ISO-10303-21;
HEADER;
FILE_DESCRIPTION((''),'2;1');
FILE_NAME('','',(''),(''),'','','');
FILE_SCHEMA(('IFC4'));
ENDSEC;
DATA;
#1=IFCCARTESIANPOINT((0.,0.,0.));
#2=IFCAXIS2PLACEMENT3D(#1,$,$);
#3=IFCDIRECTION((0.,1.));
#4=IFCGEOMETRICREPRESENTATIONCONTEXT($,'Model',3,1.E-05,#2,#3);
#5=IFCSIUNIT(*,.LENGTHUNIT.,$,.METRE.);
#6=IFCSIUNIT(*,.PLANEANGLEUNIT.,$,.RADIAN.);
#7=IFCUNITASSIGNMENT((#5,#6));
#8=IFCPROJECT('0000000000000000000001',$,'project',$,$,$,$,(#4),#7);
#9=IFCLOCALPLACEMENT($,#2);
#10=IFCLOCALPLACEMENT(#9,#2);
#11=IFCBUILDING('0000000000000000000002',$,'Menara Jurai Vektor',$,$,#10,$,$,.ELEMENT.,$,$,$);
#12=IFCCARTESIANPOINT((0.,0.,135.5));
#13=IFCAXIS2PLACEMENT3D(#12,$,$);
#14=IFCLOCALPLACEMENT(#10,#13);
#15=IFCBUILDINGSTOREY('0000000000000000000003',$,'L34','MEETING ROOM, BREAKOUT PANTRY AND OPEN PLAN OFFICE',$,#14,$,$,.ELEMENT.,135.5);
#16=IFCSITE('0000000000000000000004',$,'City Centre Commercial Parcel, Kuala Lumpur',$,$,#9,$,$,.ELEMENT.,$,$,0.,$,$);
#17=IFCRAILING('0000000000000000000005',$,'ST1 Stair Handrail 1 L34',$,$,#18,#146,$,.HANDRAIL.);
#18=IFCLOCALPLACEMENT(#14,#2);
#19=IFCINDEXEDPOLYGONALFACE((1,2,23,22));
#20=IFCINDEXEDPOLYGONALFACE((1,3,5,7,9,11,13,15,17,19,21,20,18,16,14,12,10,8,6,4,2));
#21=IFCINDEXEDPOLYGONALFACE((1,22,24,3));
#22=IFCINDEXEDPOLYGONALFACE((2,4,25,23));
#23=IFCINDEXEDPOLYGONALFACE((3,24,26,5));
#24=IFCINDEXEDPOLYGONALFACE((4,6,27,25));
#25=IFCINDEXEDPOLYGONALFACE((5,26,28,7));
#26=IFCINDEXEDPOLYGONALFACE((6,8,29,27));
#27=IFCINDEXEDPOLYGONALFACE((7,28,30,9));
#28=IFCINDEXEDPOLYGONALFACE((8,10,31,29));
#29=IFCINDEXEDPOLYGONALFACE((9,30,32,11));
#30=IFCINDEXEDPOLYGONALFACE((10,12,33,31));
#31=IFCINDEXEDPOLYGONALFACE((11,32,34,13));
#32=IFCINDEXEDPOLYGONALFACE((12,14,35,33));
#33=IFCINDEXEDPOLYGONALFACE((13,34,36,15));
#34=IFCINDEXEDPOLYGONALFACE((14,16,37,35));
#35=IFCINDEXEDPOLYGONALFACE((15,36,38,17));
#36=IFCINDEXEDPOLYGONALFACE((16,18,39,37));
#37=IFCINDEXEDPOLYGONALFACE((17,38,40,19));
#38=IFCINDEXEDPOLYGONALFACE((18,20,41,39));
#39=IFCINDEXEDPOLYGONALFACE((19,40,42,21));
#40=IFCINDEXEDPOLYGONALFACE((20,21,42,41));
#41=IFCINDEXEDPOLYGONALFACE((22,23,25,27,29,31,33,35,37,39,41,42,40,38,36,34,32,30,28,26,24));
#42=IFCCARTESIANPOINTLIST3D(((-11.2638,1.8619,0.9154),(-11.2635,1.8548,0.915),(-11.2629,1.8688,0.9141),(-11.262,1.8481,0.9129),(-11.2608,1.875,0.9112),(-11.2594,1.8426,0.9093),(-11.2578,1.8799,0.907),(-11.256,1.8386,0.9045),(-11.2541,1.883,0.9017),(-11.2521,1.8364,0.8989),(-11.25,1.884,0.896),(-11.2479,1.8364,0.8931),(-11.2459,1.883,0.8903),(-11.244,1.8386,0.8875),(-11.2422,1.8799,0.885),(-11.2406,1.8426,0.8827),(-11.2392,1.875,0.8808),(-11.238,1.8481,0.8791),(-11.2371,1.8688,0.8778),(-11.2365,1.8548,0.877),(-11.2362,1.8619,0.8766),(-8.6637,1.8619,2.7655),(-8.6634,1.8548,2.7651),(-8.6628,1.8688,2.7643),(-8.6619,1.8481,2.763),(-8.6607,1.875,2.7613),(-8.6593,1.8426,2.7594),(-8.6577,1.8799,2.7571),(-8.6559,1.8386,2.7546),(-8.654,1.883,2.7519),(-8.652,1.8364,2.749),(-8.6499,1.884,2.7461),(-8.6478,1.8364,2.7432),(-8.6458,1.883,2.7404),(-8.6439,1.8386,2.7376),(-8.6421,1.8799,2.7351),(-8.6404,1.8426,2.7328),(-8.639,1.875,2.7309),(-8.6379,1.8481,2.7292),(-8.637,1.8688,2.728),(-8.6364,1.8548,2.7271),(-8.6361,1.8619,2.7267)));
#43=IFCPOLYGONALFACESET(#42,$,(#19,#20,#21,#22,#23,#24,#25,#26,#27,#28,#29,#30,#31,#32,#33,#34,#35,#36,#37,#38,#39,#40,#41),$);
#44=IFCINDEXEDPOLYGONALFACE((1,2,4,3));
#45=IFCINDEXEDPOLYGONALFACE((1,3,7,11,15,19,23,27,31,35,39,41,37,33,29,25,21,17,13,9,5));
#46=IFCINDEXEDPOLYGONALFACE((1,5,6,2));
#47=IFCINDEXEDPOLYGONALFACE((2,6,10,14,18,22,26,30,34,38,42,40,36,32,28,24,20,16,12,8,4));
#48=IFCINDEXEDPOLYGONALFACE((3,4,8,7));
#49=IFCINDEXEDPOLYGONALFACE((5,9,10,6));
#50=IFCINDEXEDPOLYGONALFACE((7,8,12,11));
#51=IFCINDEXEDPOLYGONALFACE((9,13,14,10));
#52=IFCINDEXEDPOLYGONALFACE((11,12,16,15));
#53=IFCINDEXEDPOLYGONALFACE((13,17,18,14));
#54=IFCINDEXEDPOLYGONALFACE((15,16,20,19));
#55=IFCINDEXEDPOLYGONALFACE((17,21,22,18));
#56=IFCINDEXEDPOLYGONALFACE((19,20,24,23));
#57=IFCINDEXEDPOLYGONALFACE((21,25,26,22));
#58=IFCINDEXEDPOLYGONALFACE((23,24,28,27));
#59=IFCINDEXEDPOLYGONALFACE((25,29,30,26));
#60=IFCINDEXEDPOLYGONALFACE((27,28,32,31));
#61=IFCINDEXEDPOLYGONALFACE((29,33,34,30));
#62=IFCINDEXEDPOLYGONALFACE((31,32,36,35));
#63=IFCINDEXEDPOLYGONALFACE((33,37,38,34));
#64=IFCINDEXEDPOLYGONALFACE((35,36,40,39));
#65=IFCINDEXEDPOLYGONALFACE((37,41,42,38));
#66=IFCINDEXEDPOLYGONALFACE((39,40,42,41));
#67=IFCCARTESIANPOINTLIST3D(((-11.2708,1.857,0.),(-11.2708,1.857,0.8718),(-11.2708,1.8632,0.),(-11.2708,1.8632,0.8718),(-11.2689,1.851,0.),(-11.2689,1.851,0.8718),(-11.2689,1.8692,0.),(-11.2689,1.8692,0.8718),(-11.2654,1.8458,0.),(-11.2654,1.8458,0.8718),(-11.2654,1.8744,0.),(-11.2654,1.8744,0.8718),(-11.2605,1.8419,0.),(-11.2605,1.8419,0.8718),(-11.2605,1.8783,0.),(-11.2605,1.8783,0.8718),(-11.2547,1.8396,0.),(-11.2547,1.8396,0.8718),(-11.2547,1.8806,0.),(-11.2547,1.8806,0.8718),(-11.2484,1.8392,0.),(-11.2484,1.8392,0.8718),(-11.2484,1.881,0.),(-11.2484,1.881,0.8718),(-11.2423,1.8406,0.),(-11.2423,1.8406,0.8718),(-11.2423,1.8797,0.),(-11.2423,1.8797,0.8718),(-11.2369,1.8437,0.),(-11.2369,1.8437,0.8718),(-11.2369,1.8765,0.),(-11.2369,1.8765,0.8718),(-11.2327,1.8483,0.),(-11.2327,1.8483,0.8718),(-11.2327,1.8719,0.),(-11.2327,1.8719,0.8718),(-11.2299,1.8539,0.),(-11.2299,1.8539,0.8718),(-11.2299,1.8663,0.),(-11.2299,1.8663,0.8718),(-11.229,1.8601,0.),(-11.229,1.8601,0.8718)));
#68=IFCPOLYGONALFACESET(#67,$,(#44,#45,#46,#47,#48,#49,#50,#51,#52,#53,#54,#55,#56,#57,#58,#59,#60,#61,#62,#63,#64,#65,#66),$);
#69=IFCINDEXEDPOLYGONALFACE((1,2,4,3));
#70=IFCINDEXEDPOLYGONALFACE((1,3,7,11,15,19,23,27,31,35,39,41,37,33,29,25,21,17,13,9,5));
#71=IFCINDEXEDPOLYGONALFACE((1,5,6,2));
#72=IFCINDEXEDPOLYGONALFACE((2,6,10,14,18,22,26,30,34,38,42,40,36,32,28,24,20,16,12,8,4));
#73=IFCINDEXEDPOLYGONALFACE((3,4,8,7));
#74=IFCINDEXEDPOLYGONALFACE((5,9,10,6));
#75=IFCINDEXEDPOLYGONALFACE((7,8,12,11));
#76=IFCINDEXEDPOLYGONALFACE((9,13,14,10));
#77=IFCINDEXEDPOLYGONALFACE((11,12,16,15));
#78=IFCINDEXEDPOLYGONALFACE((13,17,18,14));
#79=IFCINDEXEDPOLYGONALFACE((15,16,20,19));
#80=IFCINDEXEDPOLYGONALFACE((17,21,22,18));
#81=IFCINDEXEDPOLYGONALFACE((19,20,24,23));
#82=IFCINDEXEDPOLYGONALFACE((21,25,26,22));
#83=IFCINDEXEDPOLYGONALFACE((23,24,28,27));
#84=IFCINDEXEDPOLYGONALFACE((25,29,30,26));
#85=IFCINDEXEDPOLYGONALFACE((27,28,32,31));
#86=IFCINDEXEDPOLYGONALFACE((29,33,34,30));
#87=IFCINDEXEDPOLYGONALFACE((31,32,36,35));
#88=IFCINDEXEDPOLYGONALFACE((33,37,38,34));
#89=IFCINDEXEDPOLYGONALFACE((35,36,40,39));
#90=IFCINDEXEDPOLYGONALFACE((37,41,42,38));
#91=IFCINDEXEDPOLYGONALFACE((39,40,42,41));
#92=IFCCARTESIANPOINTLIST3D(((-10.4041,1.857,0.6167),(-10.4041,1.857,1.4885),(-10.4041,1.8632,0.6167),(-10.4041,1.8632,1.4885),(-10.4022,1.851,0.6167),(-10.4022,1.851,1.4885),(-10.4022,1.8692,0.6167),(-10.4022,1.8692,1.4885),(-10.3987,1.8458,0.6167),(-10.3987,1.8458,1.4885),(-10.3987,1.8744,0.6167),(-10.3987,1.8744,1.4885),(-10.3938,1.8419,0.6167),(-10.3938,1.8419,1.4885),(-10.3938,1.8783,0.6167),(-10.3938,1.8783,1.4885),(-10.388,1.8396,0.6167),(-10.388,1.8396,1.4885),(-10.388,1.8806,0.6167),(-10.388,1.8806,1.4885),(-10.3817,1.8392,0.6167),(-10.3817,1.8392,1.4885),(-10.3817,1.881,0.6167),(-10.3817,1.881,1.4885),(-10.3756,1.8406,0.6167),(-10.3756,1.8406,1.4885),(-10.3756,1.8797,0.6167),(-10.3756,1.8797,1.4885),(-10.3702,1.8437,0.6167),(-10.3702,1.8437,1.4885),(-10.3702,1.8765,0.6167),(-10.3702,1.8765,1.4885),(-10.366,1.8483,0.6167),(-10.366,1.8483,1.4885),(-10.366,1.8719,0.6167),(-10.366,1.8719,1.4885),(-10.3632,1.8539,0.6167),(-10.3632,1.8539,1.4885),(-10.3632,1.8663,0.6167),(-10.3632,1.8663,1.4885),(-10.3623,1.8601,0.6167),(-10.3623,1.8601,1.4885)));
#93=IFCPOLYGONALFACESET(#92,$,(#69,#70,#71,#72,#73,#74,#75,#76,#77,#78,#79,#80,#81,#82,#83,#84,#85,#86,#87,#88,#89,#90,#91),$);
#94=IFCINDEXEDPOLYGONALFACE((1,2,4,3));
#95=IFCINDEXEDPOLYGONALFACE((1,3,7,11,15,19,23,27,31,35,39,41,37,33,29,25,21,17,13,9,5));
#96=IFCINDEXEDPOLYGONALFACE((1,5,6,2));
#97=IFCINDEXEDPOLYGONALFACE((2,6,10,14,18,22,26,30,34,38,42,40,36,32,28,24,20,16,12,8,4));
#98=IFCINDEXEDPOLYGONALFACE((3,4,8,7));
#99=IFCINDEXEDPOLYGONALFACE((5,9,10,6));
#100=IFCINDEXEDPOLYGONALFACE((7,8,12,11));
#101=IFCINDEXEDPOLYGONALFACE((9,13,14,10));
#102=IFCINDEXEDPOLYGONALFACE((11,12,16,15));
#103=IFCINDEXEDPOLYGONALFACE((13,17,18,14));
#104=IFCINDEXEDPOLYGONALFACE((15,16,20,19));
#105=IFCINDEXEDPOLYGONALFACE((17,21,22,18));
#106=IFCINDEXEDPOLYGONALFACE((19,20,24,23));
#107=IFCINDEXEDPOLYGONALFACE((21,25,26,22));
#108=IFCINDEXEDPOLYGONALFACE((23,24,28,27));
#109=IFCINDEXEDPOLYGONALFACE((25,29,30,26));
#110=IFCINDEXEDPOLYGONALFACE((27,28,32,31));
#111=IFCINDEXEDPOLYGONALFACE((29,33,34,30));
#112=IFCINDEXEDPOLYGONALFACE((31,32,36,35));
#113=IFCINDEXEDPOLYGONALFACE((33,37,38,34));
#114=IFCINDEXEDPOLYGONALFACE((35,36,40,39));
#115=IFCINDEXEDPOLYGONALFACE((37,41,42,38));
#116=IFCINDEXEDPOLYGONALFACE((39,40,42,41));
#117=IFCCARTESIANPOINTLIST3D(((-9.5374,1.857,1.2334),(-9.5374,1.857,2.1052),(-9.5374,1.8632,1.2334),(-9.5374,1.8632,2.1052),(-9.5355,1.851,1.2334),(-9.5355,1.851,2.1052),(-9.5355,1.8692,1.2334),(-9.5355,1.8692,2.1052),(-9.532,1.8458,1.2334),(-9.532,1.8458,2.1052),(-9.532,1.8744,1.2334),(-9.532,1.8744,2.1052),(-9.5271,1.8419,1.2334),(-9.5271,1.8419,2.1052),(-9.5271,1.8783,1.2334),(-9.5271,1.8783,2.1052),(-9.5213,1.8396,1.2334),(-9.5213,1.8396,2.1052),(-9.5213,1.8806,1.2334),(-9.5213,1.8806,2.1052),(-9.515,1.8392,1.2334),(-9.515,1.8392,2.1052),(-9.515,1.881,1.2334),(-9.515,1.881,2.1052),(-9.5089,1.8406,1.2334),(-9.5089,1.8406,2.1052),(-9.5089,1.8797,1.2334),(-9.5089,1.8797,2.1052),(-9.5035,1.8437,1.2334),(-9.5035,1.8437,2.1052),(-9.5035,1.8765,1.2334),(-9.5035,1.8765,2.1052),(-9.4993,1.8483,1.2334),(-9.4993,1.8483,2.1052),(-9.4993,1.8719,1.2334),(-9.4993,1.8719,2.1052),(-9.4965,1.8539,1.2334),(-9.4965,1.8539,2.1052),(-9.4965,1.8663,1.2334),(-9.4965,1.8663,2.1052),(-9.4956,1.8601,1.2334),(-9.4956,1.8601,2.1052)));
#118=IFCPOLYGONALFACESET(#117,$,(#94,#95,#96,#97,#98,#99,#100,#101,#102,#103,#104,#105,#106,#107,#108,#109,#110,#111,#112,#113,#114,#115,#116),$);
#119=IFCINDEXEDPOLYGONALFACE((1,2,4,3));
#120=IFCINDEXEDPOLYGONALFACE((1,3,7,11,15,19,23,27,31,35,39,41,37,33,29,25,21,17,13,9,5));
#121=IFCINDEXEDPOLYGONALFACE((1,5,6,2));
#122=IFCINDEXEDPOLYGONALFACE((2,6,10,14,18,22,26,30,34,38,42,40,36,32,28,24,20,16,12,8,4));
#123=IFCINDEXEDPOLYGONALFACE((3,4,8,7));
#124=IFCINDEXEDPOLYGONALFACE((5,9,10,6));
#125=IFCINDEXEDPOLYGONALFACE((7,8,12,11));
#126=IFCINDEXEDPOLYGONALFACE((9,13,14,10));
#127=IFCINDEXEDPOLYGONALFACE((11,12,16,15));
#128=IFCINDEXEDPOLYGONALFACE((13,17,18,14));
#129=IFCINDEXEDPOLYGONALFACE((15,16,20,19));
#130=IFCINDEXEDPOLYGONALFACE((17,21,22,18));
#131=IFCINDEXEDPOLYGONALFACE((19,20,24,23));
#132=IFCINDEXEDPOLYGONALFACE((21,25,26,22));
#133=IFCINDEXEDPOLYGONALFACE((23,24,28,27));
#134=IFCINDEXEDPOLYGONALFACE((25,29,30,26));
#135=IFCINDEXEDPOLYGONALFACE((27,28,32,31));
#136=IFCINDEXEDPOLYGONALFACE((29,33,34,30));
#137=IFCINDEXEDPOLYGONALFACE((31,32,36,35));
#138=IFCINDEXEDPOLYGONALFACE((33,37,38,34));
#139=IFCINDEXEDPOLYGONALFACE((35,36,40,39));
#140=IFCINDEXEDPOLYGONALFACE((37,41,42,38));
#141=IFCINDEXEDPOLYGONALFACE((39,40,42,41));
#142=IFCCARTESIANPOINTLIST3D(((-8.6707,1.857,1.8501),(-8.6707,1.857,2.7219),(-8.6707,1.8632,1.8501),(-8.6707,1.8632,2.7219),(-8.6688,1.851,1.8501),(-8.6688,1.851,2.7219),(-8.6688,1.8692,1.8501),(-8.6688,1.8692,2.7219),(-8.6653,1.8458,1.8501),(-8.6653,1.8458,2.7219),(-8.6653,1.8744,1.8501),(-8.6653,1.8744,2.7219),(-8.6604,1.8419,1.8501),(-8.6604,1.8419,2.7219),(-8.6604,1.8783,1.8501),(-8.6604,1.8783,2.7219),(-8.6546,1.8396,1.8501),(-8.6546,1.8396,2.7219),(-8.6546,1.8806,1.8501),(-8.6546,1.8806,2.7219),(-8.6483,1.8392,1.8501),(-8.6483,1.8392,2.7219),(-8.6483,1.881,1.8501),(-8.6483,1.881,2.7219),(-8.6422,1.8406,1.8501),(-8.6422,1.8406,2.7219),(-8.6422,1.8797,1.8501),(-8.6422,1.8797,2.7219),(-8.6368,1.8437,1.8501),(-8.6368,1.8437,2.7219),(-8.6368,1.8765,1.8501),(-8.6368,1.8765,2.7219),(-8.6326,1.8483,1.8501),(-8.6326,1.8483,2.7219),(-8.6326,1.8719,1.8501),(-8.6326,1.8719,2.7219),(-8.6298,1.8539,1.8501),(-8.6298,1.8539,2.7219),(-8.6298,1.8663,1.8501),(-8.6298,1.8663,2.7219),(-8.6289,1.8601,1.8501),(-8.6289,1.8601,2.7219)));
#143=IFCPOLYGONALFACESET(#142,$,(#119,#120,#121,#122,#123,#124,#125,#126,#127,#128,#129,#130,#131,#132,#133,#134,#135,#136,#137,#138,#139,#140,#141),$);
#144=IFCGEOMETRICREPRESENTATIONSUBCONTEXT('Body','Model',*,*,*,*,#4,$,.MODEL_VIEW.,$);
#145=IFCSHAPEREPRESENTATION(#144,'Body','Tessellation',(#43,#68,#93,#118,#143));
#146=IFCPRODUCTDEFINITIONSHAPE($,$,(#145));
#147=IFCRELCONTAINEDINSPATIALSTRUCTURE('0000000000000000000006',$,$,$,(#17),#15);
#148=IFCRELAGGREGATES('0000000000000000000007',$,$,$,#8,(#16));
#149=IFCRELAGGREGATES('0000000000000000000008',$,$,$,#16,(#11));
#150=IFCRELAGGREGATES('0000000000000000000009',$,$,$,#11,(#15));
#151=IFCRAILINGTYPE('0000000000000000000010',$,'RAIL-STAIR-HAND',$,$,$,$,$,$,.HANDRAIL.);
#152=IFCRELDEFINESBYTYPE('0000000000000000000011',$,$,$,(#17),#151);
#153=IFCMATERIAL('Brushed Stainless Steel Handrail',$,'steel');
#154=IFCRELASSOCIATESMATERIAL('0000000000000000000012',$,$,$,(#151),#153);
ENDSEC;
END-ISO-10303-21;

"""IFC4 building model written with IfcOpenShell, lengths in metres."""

from ifc_helpers import new_model, si_unit, direction, frame, origin, origin_2d, place, context, subcontext, project, spatial, circle, extrude, material, type_object, element, save


model = new_model("IFC4")

# Units and contexts
model_context = context("Model", 3, precision=1e-05, world=origin(), true_north=direction((0.0, 1.0)))
body_context = subcontext(model_context, "Body", "Model", "MODEL_VIEW")
ifc_project = project(units=[si_unit("LENGTHUNIT", "METRE"), si_unit("PLANEANGLEUNIT", "RADIAN")], contexts=[model_context])

# Site, building, storey
site_placement = place(None, origin())
site = spatial("IfcSite", under=ifc_project, at=site_placement, Name="City Centre Commercial Parcel, Kuala Lumpur", CompositionType="ELEMENT", RefElevation=0.0)
building_placement = place(site_placement, origin())
building = spatial("IfcBuilding", under=site, at=building_placement, Name="Menara Jurai Vektor", CompositionType="ELEMENT")
storey_placement = place(building_placement, frame((0.0, 0.0, 135.5)))
storey = spatial("IfcBuildingStorey", under=building, at=storey_placement, Name="L34", Description="MEETING ROOM, BREAKOUT PANTRY AND OPEN PLAN OFFICE", CompositionType="ELEMENT", Elevation=135.5)

# Railing
ifc_material_1 = material(Name="Brushed Stainless Steel Handrail", Category="steel")
railing_type_1 = type_object("IfcRailingType", Name="RAIL-STAIR-HAND", PredefinedType="HANDRAIL", material=ifc_material_1)
railing_1_placement = place(storey_placement, frame((-11.25, 1.8601, 0.0)))
element("IfcRailing", 1, at=railing_1_placement, inside=storey, type_object=railing_type_1, Name="ST1 Stair Handrail 1 L34", PredefinedType="HANDRAIL", context=body_context, shape_type="SweptSolid", body=[
    extrude(circle(Radius=0.0239, at=origin_2d()), frame((0.0, 0.0, 0.896), z_axis=(0.814787, 0.0, 0.579761), x_axis=(0.0, 1.0, 0.0)), (0.0, 0.0, 1.0), 3.1912),
    extrude(circle(Radius=0.021, at=origin_2d()), origin(), (0.0, 0.0, 1.0), 0.8718),
    extrude(circle(Radius=0.021, at=origin_2d()), frame((0.8667, 0.0, 0.6167)), (0.0, 0.0, 1.0), 0.8718),
    extrude(circle(Radius=0.021, at=origin_2d()), frame((1.7334, 0.0, 1.2334)), (0.0, 0.0, 1.0), 0.8718),
    extrude(circle(Radius=0.021, at=origin_2d()), frame((2.6001, 0.0, 1.8501)), (0.0, 0.0, 1.0), 0.8718),
])

save(model, "model.ifc")
